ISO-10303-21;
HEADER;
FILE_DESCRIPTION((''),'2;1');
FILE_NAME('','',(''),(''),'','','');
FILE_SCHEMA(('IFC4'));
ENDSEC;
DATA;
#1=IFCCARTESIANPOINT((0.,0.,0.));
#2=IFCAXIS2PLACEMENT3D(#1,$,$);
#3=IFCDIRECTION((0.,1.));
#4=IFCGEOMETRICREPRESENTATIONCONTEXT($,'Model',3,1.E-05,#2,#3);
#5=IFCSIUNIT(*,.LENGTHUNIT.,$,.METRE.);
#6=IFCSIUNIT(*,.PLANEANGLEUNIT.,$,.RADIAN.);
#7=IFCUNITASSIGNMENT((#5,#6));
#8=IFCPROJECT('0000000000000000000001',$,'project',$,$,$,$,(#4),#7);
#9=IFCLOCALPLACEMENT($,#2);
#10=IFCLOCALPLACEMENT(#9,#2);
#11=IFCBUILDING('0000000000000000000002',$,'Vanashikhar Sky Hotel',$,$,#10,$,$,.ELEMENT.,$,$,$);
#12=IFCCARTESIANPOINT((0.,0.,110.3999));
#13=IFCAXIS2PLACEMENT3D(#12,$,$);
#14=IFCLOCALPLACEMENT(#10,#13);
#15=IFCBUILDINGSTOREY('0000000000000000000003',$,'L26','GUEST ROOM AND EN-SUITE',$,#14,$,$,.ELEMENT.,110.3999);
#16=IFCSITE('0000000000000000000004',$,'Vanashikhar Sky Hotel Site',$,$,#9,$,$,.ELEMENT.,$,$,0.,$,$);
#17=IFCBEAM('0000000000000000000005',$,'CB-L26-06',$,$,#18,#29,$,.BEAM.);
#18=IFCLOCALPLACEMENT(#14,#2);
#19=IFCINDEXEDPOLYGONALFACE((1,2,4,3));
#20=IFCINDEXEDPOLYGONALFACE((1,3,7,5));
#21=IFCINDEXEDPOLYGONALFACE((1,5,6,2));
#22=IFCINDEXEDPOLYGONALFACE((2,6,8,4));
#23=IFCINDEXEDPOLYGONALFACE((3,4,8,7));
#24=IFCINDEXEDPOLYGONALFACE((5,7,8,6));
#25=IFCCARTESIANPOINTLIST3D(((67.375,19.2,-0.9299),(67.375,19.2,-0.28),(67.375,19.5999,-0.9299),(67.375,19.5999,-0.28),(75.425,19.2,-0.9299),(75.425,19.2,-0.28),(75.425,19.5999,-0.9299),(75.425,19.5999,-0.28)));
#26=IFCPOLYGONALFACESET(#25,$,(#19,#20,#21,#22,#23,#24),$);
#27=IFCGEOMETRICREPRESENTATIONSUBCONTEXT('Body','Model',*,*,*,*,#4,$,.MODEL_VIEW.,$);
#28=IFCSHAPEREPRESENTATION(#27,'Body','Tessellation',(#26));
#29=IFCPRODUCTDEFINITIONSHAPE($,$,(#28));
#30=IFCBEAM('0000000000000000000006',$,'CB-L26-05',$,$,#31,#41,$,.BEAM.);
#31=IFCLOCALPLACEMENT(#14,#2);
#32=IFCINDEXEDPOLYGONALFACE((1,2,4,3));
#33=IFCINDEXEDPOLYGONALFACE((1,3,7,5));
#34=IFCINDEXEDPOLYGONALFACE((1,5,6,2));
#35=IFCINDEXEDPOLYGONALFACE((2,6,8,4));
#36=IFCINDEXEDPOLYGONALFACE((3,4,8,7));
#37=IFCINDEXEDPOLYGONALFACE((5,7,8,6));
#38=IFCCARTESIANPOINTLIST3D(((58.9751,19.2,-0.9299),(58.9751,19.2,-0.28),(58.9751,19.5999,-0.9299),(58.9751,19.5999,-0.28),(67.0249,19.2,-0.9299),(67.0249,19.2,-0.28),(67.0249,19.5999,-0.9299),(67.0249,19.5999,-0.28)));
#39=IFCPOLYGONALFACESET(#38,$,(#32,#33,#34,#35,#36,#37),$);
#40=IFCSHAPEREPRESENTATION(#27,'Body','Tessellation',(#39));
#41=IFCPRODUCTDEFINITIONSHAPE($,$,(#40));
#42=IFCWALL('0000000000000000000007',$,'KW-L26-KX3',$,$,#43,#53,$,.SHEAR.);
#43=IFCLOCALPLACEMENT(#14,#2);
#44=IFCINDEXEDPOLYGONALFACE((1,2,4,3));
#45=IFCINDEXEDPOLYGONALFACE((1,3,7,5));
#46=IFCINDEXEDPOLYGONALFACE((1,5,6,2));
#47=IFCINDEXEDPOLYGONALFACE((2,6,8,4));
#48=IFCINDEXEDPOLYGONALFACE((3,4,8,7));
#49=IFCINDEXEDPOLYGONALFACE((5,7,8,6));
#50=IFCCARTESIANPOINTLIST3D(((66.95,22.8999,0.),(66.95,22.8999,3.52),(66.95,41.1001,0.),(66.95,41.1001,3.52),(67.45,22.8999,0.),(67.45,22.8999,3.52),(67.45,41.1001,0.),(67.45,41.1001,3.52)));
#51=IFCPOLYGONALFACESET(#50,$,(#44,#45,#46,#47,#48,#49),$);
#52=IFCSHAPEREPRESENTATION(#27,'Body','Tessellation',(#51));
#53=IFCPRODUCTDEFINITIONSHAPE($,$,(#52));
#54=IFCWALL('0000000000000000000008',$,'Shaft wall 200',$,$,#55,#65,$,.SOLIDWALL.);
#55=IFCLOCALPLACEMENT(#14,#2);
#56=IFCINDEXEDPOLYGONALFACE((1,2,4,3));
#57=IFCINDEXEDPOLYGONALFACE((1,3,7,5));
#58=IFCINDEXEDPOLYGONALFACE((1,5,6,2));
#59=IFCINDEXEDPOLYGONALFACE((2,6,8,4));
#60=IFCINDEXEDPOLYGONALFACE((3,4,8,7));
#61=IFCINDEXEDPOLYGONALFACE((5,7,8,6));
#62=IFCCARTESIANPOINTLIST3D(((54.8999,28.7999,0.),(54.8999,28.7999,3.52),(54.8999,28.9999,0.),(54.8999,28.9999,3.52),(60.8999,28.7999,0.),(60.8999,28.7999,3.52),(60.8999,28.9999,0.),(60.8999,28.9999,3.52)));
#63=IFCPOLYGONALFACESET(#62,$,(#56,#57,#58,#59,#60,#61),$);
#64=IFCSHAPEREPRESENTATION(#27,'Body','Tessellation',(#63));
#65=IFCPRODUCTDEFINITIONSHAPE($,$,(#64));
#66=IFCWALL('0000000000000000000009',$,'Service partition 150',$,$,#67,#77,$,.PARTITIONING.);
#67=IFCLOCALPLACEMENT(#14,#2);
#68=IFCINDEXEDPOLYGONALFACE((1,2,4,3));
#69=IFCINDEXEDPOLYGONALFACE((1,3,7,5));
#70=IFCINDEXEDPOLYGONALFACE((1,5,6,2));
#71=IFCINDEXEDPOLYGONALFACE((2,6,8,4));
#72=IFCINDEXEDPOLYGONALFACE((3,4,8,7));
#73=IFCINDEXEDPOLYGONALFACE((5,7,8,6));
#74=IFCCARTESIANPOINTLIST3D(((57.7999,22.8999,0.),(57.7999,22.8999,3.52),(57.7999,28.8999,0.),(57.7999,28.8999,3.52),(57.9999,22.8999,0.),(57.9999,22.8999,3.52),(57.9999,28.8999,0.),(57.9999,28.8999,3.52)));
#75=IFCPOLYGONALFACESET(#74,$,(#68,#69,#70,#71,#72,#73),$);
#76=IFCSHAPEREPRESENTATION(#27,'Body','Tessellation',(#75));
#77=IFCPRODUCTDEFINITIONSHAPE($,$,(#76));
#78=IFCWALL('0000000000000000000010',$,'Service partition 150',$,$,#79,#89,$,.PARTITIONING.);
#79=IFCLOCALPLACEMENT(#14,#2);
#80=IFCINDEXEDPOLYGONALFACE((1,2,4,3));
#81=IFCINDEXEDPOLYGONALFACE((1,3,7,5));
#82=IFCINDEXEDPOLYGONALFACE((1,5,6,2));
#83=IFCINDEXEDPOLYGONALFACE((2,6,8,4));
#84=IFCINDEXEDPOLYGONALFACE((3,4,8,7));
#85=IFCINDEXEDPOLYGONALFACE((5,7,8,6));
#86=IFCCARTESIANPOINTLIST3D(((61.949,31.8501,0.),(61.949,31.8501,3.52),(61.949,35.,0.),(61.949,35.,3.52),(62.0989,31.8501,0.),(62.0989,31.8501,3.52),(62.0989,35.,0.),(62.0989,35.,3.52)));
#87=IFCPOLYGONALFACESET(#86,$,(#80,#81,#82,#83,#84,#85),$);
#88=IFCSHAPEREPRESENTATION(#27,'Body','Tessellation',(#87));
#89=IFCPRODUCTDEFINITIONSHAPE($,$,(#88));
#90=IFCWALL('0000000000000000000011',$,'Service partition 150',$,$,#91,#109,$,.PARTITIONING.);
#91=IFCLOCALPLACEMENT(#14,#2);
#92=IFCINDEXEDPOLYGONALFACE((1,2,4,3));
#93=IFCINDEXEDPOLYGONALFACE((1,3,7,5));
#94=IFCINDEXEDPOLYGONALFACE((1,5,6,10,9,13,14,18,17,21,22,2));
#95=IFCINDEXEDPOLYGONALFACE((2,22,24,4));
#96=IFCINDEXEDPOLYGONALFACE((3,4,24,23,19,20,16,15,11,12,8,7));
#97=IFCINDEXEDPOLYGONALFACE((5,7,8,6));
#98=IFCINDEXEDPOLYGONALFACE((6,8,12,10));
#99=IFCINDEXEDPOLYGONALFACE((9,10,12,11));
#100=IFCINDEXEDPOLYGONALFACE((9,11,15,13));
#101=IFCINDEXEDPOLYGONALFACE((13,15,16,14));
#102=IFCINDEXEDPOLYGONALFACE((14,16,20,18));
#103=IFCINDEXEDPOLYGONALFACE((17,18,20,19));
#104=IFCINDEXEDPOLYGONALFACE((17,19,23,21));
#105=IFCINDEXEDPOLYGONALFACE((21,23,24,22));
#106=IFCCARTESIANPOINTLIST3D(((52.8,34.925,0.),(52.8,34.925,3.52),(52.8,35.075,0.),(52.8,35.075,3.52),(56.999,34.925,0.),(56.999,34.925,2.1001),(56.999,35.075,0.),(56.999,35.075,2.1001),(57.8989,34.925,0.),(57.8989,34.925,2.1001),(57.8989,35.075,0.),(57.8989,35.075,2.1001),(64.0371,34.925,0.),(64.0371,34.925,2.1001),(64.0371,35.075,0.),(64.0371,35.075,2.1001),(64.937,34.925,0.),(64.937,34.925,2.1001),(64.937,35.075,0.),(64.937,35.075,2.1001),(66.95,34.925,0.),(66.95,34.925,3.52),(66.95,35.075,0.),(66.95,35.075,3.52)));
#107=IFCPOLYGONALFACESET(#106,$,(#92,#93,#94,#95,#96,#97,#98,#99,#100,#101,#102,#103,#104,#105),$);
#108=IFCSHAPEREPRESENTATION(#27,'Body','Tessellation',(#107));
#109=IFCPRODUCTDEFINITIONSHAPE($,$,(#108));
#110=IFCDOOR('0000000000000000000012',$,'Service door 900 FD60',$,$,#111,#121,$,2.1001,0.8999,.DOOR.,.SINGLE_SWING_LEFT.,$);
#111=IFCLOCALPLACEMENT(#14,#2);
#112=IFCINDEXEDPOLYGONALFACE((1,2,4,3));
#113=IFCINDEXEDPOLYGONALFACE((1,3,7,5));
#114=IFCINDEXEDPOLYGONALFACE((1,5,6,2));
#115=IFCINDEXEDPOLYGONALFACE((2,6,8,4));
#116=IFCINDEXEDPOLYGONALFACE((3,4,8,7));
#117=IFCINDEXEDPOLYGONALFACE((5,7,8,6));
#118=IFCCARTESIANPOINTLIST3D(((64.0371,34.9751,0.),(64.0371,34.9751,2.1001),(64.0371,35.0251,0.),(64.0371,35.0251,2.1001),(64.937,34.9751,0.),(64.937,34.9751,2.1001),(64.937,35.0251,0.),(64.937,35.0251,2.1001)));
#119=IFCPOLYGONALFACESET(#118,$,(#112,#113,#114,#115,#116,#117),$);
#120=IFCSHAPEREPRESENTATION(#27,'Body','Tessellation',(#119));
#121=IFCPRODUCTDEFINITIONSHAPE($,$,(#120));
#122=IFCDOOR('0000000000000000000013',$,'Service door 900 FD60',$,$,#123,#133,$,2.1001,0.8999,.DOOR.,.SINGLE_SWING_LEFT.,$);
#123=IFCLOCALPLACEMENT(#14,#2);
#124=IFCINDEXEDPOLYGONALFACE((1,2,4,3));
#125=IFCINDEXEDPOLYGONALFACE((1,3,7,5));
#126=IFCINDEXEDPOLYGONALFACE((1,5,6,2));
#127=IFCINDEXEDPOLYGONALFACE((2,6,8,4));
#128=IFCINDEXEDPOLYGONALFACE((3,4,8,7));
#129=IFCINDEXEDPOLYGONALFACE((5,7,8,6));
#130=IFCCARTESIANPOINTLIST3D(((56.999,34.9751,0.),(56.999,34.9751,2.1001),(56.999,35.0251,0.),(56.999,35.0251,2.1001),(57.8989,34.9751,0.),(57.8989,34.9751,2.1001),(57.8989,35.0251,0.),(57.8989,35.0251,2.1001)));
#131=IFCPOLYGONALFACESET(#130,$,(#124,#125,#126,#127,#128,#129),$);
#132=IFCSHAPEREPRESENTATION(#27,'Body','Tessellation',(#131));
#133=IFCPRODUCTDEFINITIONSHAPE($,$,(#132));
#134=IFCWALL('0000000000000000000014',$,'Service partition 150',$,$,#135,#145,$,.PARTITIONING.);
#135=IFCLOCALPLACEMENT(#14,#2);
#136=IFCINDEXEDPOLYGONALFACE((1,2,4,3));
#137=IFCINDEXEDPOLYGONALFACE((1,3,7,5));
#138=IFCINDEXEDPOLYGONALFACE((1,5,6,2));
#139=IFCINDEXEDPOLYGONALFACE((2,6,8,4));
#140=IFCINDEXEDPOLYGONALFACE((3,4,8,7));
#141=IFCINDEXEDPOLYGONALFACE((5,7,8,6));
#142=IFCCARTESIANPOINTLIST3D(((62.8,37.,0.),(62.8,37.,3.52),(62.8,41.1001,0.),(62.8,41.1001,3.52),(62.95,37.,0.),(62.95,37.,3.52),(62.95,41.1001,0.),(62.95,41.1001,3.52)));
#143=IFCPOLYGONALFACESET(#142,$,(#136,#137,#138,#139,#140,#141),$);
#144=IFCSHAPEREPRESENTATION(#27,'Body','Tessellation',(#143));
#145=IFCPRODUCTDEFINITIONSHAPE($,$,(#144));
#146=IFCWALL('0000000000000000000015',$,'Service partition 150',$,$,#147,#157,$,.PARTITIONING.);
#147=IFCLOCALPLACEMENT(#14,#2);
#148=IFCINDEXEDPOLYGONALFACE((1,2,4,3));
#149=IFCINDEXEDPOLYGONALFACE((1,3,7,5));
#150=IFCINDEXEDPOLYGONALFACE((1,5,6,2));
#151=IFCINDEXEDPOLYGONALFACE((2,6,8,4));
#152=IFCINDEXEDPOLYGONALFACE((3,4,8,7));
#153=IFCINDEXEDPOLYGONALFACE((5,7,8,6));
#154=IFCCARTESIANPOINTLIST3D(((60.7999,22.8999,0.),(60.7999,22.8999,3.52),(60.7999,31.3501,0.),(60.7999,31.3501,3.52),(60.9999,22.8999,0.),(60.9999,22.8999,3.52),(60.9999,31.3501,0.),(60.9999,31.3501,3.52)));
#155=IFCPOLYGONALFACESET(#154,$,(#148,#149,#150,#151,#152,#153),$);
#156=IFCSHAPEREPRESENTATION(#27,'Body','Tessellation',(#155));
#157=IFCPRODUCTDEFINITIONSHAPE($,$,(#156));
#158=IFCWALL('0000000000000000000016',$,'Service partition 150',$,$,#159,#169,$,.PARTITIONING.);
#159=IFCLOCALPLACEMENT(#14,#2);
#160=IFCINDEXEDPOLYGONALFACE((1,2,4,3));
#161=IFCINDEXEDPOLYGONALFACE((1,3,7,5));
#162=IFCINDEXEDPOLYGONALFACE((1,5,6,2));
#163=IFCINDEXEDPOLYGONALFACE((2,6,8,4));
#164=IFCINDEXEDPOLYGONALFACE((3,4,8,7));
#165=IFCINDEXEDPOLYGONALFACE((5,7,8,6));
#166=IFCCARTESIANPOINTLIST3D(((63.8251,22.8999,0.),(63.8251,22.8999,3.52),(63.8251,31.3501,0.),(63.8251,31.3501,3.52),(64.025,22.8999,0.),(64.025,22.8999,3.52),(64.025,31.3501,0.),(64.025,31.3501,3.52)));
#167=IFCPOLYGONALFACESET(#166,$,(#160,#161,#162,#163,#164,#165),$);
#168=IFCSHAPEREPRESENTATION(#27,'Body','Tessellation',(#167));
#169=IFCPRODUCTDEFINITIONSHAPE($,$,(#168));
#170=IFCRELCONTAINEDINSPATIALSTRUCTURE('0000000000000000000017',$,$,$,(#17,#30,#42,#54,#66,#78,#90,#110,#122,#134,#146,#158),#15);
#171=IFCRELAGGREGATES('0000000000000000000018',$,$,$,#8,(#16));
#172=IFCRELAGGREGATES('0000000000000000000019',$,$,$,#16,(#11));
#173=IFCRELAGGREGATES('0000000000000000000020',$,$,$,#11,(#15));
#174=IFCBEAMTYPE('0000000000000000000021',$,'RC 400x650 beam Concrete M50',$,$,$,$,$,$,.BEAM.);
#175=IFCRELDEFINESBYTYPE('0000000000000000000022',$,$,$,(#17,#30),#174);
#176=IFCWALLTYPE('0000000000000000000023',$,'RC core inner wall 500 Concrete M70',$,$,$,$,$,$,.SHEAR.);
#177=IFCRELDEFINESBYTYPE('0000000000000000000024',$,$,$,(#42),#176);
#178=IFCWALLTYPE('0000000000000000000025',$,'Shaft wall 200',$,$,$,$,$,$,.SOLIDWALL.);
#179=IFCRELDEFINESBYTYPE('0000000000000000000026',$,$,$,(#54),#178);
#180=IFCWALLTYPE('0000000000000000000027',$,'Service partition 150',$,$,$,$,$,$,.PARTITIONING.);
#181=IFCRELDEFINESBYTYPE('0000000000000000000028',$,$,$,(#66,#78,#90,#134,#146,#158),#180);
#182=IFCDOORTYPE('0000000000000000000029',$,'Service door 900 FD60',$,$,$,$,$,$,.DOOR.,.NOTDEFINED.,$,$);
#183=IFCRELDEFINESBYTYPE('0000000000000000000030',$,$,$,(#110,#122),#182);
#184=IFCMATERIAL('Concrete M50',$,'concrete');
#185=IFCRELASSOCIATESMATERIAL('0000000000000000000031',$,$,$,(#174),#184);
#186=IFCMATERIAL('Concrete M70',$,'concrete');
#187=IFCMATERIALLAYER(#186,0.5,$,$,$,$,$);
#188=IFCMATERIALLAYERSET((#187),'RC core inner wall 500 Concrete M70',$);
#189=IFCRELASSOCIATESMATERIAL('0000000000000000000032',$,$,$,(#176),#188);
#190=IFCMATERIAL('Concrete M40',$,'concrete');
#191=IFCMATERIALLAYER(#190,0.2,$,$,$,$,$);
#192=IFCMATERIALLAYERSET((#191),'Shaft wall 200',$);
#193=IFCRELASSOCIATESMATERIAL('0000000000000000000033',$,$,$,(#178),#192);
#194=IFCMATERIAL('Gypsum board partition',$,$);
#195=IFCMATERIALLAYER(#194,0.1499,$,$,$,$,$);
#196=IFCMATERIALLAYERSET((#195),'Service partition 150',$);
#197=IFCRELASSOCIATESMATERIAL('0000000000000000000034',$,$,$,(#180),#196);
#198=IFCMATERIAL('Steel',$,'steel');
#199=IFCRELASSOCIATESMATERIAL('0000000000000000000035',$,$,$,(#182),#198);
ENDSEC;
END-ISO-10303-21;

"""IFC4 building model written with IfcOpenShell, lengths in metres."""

from ifc_helpers import new_model, si_unit, direction, frame, frame_2d, origin, origin_2d, place, context, subcontext, project, spatial, rectangle, extrude, source, transform, mapped, material, layer, layer_set, material_profile, profile_set, type_object, element, fill, save


model = new_model("IFC4")

# Units and contexts
model_context = context("Model", 3, precision=1e-05, world=origin(), true_north=direction((0.0, 1.0)))
body_context = subcontext(model_context, "Body", "Model", "MODEL_VIEW")
ifc_project = project(units=[si_unit("LENGTHUNIT", "METRE"), si_unit("PLANEANGLEUNIT", "RADIAN")], contexts=[model_context])

# Site, building, storey
site_placement = place(None, origin())
site = spatial("IfcSite", under=ifc_project, at=site_placement, Name="Vanashikhar Sky Hotel Site", CompositionType="ELEMENT", RefElevation=0.0)
building_placement = place(site_placement, origin())
building = spatial("IfcBuilding", under=site, at=building_placement, Name="Vanashikhar Sky Hotel", CompositionType="ELEMENT")
storey_placement = place(building_placement, frame((0.0, 0.0, 110.3999)))
storey = spatial("IfcBuildingStorey", under=building, at=storey_placement, Name="L26", Description="GUEST ROOM AND EN-SUITE", CompositionType="ELEMENT", Elevation=110.3999)

# Beams
ifc_material_1 = material(Name="Concrete M50", Category="concrete")
ifc_material_profile = material_profile(ifc_material_1, rectangle(XDim=0.3999, YDim=0.6499, at=origin_2d()))
ifc_profile_set = profile_set([ifc_material_profile], Name="RC 400x650 beam Concrete M50")
beam_type = type_object("IfcBeamType", Name="RC 400x650 beam Concrete M50", PredefinedType="BEAM", material=ifc_profile_set)
shared_shape_1 = source(origin(), body_context, "Body", "SweptSolid", [
    extrude(rectangle(XDim=0.3999, YDim=0.6499, at=origin_2d()), origin(), (0.0, 0.0, 1.0), 8.05),
])
beam_1_placement = place(storey_placement, frame((67.375, 19.3999, -0.605), z_axis=(1.0, 0.0, 0.0), x_axis=(0.0, 1.0, 0.0)))
element("IfcBeam", 1, at=beam_1_placement, inside=storey, type_object=beam_type, Name="CB-L26-06", PredefinedType="BEAM", context=body_context, shape_type="MappedRepresentation", body=[
    mapped(shared_shape_1, transform((0.0, 0.0, 0.0), scale=1.0)),
])
shared_shape_2 = source(origin(), body_context, "Body", "SweptSolid", [
    extrude(rectangle(XDim=0.3999, YDim=0.6499, at=origin_2d()), origin(), (0.0, 0.0, 1.0), 8.0498),
])
beam_2_placement = place(storey_placement, frame((58.9751, 19.3999, -0.605), z_axis=(1.0, 0.0, 0.0), x_axis=(0.0, 1.0, 0.0)))
element("IfcBeam", 2, at=beam_2_placement, inside=storey, type_object=beam_type, Name="CB-L26-05", PredefinedType="BEAM", context=body_context, shape_type="MappedRepresentation", body=[
    mapped(shared_shape_2, transform((0.0, 0.0, 0.0), scale=1.0)),
])

# Walls
ifc_material_2 = material(Name="Concrete M70", Category="concrete")
ifc_layer_1 = layer(ifc_material_2, 0.5)
ifc_layer_set_1 = layer_set([ifc_layer_1], Name="RC core inner wall 500 Concrete M70")
wall_type_1 = type_object("IfcWallType", Name="RC core inner wall 500 Concrete M70", PredefinedType="SHEAR", material=ifc_layer_set_1)
shared_shape_3 = source(origin(), body_context, "Body", "SweptSolid", [
    extrude(rectangle(XDim=18.2002, YDim=0.5, at=frame_2d((9.1001, 0.0))), origin(), (0.0, 0.0, 1.0), 3.52),
])
wall_1_placement = place(storey_placement, frame((67.2, 22.8999, 0.0), z_axis=(0.0, 0.0, 1.0), x_axis=(0.0, 1.0, 0.0)))
element("IfcWall", 3, at=wall_1_placement, inside=storey, type_object=wall_type_1, Name="KW-L26-KX3", PredefinedType="SHEAR", context=body_context, shape_type="MappedRepresentation", body=[
    mapped(shared_shape_3, transform((0.0, 0.0, 0.0), scale=1.0)),
])
ifc_material_3 = material(Name="Concrete M40", Category="concrete")
ifc_layer_2 = layer(ifc_material_3, 0.2)
ifc_layer_set_2 = layer_set([ifc_layer_2], Name="Shaft wall 200")
wall_type_2 = type_object("IfcWallType", Name="Shaft wall 200", PredefinedType="SOLIDWALL", material=ifc_layer_set_2)
shared_shape_4 = source(origin(), body_context, "Body", "SweptSolid", [
    extrude(rectangle(XDim=6.0, YDim=0.2, at=frame_2d((3.0, 0.0))), origin(), (0.0, 0.0, 1.0), 3.52),
])
wall_2_placement = place(storey_placement, frame((60.8999, 28.8999, 0.0), z_axis=(0.0, 0.0, 1.0), x_axis=(-1.0, 0.0, 0.0)))
element("IfcWall", 4, at=wall_2_placement, inside=storey, type_object=wall_type_2, Name="Shaft wall 200", PredefinedType="SOLIDWALL", context=body_context, shape_type="MappedRepresentation", body=[
    mapped(shared_shape_4, transform((0.0, 0.0, 0.0), scale=1.0)),
])
ifc_material_4 = material(Name="Gypsum board partition")
ifc_layer_3 = layer(ifc_material_4, 0.1499)
ifc_layer_set_3 = layer_set([ifc_layer_3], Name="Service partition 150")
wall_type_3 = type_object("IfcWallType", Name="Service partition 150", PredefinedType="PARTITIONING", material=ifc_layer_set_3)
wall_3_placement = place(storey_placement, frame((57.8999, 22.8999, 0.0), z_axis=(0.0, 0.0, 1.0), x_axis=(0.0, 1.0, 0.0)))
element("IfcWall", 5, at=wall_3_placement, inside=storey, type_object=wall_type_3, Name="Service partition 150", PredefinedType="PARTITIONING", context=body_context, shape_type="MappedRepresentation", body=[
    mapped(shared_shape_4, transform((0.0, 0.0, 0.0), scale=1.0)),
])
shared_shape_5 = source(origin(), body_context, "Body", "SweptSolid", [
    extrude(rectangle(XDim=3.1499, YDim=0.1499, at=frame_2d((1.575, 0.0))), origin(), (0.0, 0.0, 1.0), 3.52),
])
wall_4_placement = place(storey_placement, frame((62.0239, 31.8501, 0.0), z_axis=(0.0, 0.0, 1.0), x_axis=(0.0, 1.0, 0.0)))
element("IfcWall", 6, at=wall_4_placement, inside=storey, type_object=wall_type_3, Name="Service partition 150", PredefinedType="PARTITIONING", context=body_context, shape_type="MappedRepresentation", body=[
    mapped(shared_shape_5, transform((0.0, 0.0, 0.0), scale=1.0)),
])

# Wall, openings, doors
shared_shape_6 = source(origin(), body_context, "Body", "SweptSolid", [
    extrude(rectangle(XDim=14.1499, YDim=0.1499, at=frame_2d((7.075, 0.0))), origin(), (0.0, 0.0, 1.0), 3.52),
])
wall_5_placement = place(storey_placement, frame((66.95, 35.0, 0.0), z_axis=(0.0, 0.0, 1.0), x_axis=(-1.0, 0.0, 0.0)))
wall_5 = element("IfcWall", 7, at=wall_5_placement, inside=storey, type_object=wall_type_3, Name="Service partition 150", PredefinedType="PARTITIONING", context=body_context, shape_type="MappedRepresentation", body=[
    mapped(shared_shape_6, transform((0.0, 0.0, 0.0), scale=1.0)),
])
shared_shape_7 = source(origin(), body_context, "Body", "SweptSolid", [
    extrude(rectangle(XDim=0.8999, YDim=2.1001, at=frame_2d((0.45, 1.05))), frame((0.0, 0.085, 0.0), z_axis=(0.0, -1.0, 0.0), x_axis=(1.0, 0.0, 0.0)), (0.0, 0.0, 1.0), 0.1699),
])
opening_1_placement = place(wall_5_placement, frame((2.0129, 0.0, 0.0)))
opening_1 = element("IfcOpeningElement", 8, at=opening_1_placement, cuts=wall_5, PredefinedType="OPENING", context=body_context, shape_type="MappedRepresentation", body=[
    mapped(shared_shape_7, transform((0.0, 0.0, 0.0), scale=1.0)),
])
opening_2_placement = place(wall_5_placement, frame((9.051, 0.0, 0.0)))
opening_2 = element("IfcOpeningElement", 9, at=opening_2_placement, cuts=wall_5, PredefinedType="OPENING", context=body_context, shape_type="MappedRepresentation", body=[
    mapped(shared_shape_7, transform((0.0, 0.0, 0.0), scale=1.0)),
])
ifc_material_5 = material(Name="Steel", Category="steel")
door_type_1 = type_object("IfcDoorType", Name="Service door 900 FD60", OperationType="NOTDEFINED", PredefinedType="DOOR", material=ifc_material_5)
shared_shape_8 = source(origin(), body_context, "Body", "SweptSolid", [
    extrude(rectangle(XDim=0.8999, YDim=2.1001, at=frame_2d((0.45, 1.05))), frame((0.0, 0.0249, 0.0), z_axis=(0.0, -1.0, 0.0), x_axis=(1.0, 0.0, 0.0)), (0.0, 0.0, 1.0), 0.05),
])
door_1_placement = place(opening_1_placement, origin())
door_1 = element("IfcDoor", 10, at=door_1_placement, inside=storey, type_object=door_type_1, Name="Service door 900 FD60", OperationType="SINGLE_SWING_LEFT", OverallHeight=2.1001, OverallWidth=0.8999, PredefinedType="DOOR", context=body_context, shape_type="MappedRepresentation", body=[
    mapped(shared_shape_8, transform((0.0, 0.0, 0.0), scale=1.0)),
])
fill(opening_1, door_1)
door_2_placement = place(opening_2_placement, origin())
door_2 = element("IfcDoor", 11, at=door_2_placement, inside=storey, type_object=door_type_1, Name="Service door 900 FD60", OperationType="SINGLE_SWING_LEFT", OverallHeight=2.1001, OverallWidth=0.8999, PredefinedType="DOOR", context=body_context, shape_type="MappedRepresentation", body=[
    mapped(shared_shape_8, transform((0.0, 0.0, 0.0), scale=1.0)),
])
fill(opening_2, door_2)

# Walls
shared_shape_9 = source(origin(), body_context, "Body", "SweptSolid", [
    extrude(rectangle(XDim=4.1001, YDim=0.1499, at=frame_2d((2.05, 0.0))), origin(), (0.0, 0.0, 1.0), 3.52),
])
wall_6_placement = place(storey_placement, frame((62.875, 37.0, 0.0), z_axis=(0.0, 0.0, 1.0), x_axis=(0.0, 1.0, 0.0)))
element("IfcWall", 12, at=wall_6_placement, inside=storey, type_object=wall_type_3, Name="Service partition 150", PredefinedType="PARTITIONING", context=body_context, shape_type="MappedRepresentation", body=[
    mapped(shared_shape_9, transform((0.0, 0.0, 0.0), scale=1.0)),
])
shared_shape_10 = source(origin(), body_context, "Body", "SweptSolid", [
    extrude(rectangle(XDim=8.4502, YDim=0.2, at=frame_2d((4.2251, 0.0))), origin(), (0.0, 0.0, 1.0), 3.52),
])
for number, where, z_axis, x_axis, name in (
    (13, (60.8999, 22.8999, 0.0), (0.0, 0.0, 1.0), (0.0, 1.0, 0.0), "Service partition 150"),
    (14, (63.925, 22.8999, 0.0), (0.0, 0.0, 1.0), (0.0, 1.0, 0.0), "Service partition 150"),
):
    element("IfcWall", number, at=place(storey_placement, frame(where, z_axis=z_axis, x_axis=x_axis)), inside=storey, type_object=wall_type_3, Name=name, PredefinedType="PARTITIONING", context=body_context, shape_type="MappedRepresentation", body=[
        mapped(shared_shape_10, transform((0.0, 0.0, 0.0), scale=1.0)),
    ])

save(model, "model.ifc")
